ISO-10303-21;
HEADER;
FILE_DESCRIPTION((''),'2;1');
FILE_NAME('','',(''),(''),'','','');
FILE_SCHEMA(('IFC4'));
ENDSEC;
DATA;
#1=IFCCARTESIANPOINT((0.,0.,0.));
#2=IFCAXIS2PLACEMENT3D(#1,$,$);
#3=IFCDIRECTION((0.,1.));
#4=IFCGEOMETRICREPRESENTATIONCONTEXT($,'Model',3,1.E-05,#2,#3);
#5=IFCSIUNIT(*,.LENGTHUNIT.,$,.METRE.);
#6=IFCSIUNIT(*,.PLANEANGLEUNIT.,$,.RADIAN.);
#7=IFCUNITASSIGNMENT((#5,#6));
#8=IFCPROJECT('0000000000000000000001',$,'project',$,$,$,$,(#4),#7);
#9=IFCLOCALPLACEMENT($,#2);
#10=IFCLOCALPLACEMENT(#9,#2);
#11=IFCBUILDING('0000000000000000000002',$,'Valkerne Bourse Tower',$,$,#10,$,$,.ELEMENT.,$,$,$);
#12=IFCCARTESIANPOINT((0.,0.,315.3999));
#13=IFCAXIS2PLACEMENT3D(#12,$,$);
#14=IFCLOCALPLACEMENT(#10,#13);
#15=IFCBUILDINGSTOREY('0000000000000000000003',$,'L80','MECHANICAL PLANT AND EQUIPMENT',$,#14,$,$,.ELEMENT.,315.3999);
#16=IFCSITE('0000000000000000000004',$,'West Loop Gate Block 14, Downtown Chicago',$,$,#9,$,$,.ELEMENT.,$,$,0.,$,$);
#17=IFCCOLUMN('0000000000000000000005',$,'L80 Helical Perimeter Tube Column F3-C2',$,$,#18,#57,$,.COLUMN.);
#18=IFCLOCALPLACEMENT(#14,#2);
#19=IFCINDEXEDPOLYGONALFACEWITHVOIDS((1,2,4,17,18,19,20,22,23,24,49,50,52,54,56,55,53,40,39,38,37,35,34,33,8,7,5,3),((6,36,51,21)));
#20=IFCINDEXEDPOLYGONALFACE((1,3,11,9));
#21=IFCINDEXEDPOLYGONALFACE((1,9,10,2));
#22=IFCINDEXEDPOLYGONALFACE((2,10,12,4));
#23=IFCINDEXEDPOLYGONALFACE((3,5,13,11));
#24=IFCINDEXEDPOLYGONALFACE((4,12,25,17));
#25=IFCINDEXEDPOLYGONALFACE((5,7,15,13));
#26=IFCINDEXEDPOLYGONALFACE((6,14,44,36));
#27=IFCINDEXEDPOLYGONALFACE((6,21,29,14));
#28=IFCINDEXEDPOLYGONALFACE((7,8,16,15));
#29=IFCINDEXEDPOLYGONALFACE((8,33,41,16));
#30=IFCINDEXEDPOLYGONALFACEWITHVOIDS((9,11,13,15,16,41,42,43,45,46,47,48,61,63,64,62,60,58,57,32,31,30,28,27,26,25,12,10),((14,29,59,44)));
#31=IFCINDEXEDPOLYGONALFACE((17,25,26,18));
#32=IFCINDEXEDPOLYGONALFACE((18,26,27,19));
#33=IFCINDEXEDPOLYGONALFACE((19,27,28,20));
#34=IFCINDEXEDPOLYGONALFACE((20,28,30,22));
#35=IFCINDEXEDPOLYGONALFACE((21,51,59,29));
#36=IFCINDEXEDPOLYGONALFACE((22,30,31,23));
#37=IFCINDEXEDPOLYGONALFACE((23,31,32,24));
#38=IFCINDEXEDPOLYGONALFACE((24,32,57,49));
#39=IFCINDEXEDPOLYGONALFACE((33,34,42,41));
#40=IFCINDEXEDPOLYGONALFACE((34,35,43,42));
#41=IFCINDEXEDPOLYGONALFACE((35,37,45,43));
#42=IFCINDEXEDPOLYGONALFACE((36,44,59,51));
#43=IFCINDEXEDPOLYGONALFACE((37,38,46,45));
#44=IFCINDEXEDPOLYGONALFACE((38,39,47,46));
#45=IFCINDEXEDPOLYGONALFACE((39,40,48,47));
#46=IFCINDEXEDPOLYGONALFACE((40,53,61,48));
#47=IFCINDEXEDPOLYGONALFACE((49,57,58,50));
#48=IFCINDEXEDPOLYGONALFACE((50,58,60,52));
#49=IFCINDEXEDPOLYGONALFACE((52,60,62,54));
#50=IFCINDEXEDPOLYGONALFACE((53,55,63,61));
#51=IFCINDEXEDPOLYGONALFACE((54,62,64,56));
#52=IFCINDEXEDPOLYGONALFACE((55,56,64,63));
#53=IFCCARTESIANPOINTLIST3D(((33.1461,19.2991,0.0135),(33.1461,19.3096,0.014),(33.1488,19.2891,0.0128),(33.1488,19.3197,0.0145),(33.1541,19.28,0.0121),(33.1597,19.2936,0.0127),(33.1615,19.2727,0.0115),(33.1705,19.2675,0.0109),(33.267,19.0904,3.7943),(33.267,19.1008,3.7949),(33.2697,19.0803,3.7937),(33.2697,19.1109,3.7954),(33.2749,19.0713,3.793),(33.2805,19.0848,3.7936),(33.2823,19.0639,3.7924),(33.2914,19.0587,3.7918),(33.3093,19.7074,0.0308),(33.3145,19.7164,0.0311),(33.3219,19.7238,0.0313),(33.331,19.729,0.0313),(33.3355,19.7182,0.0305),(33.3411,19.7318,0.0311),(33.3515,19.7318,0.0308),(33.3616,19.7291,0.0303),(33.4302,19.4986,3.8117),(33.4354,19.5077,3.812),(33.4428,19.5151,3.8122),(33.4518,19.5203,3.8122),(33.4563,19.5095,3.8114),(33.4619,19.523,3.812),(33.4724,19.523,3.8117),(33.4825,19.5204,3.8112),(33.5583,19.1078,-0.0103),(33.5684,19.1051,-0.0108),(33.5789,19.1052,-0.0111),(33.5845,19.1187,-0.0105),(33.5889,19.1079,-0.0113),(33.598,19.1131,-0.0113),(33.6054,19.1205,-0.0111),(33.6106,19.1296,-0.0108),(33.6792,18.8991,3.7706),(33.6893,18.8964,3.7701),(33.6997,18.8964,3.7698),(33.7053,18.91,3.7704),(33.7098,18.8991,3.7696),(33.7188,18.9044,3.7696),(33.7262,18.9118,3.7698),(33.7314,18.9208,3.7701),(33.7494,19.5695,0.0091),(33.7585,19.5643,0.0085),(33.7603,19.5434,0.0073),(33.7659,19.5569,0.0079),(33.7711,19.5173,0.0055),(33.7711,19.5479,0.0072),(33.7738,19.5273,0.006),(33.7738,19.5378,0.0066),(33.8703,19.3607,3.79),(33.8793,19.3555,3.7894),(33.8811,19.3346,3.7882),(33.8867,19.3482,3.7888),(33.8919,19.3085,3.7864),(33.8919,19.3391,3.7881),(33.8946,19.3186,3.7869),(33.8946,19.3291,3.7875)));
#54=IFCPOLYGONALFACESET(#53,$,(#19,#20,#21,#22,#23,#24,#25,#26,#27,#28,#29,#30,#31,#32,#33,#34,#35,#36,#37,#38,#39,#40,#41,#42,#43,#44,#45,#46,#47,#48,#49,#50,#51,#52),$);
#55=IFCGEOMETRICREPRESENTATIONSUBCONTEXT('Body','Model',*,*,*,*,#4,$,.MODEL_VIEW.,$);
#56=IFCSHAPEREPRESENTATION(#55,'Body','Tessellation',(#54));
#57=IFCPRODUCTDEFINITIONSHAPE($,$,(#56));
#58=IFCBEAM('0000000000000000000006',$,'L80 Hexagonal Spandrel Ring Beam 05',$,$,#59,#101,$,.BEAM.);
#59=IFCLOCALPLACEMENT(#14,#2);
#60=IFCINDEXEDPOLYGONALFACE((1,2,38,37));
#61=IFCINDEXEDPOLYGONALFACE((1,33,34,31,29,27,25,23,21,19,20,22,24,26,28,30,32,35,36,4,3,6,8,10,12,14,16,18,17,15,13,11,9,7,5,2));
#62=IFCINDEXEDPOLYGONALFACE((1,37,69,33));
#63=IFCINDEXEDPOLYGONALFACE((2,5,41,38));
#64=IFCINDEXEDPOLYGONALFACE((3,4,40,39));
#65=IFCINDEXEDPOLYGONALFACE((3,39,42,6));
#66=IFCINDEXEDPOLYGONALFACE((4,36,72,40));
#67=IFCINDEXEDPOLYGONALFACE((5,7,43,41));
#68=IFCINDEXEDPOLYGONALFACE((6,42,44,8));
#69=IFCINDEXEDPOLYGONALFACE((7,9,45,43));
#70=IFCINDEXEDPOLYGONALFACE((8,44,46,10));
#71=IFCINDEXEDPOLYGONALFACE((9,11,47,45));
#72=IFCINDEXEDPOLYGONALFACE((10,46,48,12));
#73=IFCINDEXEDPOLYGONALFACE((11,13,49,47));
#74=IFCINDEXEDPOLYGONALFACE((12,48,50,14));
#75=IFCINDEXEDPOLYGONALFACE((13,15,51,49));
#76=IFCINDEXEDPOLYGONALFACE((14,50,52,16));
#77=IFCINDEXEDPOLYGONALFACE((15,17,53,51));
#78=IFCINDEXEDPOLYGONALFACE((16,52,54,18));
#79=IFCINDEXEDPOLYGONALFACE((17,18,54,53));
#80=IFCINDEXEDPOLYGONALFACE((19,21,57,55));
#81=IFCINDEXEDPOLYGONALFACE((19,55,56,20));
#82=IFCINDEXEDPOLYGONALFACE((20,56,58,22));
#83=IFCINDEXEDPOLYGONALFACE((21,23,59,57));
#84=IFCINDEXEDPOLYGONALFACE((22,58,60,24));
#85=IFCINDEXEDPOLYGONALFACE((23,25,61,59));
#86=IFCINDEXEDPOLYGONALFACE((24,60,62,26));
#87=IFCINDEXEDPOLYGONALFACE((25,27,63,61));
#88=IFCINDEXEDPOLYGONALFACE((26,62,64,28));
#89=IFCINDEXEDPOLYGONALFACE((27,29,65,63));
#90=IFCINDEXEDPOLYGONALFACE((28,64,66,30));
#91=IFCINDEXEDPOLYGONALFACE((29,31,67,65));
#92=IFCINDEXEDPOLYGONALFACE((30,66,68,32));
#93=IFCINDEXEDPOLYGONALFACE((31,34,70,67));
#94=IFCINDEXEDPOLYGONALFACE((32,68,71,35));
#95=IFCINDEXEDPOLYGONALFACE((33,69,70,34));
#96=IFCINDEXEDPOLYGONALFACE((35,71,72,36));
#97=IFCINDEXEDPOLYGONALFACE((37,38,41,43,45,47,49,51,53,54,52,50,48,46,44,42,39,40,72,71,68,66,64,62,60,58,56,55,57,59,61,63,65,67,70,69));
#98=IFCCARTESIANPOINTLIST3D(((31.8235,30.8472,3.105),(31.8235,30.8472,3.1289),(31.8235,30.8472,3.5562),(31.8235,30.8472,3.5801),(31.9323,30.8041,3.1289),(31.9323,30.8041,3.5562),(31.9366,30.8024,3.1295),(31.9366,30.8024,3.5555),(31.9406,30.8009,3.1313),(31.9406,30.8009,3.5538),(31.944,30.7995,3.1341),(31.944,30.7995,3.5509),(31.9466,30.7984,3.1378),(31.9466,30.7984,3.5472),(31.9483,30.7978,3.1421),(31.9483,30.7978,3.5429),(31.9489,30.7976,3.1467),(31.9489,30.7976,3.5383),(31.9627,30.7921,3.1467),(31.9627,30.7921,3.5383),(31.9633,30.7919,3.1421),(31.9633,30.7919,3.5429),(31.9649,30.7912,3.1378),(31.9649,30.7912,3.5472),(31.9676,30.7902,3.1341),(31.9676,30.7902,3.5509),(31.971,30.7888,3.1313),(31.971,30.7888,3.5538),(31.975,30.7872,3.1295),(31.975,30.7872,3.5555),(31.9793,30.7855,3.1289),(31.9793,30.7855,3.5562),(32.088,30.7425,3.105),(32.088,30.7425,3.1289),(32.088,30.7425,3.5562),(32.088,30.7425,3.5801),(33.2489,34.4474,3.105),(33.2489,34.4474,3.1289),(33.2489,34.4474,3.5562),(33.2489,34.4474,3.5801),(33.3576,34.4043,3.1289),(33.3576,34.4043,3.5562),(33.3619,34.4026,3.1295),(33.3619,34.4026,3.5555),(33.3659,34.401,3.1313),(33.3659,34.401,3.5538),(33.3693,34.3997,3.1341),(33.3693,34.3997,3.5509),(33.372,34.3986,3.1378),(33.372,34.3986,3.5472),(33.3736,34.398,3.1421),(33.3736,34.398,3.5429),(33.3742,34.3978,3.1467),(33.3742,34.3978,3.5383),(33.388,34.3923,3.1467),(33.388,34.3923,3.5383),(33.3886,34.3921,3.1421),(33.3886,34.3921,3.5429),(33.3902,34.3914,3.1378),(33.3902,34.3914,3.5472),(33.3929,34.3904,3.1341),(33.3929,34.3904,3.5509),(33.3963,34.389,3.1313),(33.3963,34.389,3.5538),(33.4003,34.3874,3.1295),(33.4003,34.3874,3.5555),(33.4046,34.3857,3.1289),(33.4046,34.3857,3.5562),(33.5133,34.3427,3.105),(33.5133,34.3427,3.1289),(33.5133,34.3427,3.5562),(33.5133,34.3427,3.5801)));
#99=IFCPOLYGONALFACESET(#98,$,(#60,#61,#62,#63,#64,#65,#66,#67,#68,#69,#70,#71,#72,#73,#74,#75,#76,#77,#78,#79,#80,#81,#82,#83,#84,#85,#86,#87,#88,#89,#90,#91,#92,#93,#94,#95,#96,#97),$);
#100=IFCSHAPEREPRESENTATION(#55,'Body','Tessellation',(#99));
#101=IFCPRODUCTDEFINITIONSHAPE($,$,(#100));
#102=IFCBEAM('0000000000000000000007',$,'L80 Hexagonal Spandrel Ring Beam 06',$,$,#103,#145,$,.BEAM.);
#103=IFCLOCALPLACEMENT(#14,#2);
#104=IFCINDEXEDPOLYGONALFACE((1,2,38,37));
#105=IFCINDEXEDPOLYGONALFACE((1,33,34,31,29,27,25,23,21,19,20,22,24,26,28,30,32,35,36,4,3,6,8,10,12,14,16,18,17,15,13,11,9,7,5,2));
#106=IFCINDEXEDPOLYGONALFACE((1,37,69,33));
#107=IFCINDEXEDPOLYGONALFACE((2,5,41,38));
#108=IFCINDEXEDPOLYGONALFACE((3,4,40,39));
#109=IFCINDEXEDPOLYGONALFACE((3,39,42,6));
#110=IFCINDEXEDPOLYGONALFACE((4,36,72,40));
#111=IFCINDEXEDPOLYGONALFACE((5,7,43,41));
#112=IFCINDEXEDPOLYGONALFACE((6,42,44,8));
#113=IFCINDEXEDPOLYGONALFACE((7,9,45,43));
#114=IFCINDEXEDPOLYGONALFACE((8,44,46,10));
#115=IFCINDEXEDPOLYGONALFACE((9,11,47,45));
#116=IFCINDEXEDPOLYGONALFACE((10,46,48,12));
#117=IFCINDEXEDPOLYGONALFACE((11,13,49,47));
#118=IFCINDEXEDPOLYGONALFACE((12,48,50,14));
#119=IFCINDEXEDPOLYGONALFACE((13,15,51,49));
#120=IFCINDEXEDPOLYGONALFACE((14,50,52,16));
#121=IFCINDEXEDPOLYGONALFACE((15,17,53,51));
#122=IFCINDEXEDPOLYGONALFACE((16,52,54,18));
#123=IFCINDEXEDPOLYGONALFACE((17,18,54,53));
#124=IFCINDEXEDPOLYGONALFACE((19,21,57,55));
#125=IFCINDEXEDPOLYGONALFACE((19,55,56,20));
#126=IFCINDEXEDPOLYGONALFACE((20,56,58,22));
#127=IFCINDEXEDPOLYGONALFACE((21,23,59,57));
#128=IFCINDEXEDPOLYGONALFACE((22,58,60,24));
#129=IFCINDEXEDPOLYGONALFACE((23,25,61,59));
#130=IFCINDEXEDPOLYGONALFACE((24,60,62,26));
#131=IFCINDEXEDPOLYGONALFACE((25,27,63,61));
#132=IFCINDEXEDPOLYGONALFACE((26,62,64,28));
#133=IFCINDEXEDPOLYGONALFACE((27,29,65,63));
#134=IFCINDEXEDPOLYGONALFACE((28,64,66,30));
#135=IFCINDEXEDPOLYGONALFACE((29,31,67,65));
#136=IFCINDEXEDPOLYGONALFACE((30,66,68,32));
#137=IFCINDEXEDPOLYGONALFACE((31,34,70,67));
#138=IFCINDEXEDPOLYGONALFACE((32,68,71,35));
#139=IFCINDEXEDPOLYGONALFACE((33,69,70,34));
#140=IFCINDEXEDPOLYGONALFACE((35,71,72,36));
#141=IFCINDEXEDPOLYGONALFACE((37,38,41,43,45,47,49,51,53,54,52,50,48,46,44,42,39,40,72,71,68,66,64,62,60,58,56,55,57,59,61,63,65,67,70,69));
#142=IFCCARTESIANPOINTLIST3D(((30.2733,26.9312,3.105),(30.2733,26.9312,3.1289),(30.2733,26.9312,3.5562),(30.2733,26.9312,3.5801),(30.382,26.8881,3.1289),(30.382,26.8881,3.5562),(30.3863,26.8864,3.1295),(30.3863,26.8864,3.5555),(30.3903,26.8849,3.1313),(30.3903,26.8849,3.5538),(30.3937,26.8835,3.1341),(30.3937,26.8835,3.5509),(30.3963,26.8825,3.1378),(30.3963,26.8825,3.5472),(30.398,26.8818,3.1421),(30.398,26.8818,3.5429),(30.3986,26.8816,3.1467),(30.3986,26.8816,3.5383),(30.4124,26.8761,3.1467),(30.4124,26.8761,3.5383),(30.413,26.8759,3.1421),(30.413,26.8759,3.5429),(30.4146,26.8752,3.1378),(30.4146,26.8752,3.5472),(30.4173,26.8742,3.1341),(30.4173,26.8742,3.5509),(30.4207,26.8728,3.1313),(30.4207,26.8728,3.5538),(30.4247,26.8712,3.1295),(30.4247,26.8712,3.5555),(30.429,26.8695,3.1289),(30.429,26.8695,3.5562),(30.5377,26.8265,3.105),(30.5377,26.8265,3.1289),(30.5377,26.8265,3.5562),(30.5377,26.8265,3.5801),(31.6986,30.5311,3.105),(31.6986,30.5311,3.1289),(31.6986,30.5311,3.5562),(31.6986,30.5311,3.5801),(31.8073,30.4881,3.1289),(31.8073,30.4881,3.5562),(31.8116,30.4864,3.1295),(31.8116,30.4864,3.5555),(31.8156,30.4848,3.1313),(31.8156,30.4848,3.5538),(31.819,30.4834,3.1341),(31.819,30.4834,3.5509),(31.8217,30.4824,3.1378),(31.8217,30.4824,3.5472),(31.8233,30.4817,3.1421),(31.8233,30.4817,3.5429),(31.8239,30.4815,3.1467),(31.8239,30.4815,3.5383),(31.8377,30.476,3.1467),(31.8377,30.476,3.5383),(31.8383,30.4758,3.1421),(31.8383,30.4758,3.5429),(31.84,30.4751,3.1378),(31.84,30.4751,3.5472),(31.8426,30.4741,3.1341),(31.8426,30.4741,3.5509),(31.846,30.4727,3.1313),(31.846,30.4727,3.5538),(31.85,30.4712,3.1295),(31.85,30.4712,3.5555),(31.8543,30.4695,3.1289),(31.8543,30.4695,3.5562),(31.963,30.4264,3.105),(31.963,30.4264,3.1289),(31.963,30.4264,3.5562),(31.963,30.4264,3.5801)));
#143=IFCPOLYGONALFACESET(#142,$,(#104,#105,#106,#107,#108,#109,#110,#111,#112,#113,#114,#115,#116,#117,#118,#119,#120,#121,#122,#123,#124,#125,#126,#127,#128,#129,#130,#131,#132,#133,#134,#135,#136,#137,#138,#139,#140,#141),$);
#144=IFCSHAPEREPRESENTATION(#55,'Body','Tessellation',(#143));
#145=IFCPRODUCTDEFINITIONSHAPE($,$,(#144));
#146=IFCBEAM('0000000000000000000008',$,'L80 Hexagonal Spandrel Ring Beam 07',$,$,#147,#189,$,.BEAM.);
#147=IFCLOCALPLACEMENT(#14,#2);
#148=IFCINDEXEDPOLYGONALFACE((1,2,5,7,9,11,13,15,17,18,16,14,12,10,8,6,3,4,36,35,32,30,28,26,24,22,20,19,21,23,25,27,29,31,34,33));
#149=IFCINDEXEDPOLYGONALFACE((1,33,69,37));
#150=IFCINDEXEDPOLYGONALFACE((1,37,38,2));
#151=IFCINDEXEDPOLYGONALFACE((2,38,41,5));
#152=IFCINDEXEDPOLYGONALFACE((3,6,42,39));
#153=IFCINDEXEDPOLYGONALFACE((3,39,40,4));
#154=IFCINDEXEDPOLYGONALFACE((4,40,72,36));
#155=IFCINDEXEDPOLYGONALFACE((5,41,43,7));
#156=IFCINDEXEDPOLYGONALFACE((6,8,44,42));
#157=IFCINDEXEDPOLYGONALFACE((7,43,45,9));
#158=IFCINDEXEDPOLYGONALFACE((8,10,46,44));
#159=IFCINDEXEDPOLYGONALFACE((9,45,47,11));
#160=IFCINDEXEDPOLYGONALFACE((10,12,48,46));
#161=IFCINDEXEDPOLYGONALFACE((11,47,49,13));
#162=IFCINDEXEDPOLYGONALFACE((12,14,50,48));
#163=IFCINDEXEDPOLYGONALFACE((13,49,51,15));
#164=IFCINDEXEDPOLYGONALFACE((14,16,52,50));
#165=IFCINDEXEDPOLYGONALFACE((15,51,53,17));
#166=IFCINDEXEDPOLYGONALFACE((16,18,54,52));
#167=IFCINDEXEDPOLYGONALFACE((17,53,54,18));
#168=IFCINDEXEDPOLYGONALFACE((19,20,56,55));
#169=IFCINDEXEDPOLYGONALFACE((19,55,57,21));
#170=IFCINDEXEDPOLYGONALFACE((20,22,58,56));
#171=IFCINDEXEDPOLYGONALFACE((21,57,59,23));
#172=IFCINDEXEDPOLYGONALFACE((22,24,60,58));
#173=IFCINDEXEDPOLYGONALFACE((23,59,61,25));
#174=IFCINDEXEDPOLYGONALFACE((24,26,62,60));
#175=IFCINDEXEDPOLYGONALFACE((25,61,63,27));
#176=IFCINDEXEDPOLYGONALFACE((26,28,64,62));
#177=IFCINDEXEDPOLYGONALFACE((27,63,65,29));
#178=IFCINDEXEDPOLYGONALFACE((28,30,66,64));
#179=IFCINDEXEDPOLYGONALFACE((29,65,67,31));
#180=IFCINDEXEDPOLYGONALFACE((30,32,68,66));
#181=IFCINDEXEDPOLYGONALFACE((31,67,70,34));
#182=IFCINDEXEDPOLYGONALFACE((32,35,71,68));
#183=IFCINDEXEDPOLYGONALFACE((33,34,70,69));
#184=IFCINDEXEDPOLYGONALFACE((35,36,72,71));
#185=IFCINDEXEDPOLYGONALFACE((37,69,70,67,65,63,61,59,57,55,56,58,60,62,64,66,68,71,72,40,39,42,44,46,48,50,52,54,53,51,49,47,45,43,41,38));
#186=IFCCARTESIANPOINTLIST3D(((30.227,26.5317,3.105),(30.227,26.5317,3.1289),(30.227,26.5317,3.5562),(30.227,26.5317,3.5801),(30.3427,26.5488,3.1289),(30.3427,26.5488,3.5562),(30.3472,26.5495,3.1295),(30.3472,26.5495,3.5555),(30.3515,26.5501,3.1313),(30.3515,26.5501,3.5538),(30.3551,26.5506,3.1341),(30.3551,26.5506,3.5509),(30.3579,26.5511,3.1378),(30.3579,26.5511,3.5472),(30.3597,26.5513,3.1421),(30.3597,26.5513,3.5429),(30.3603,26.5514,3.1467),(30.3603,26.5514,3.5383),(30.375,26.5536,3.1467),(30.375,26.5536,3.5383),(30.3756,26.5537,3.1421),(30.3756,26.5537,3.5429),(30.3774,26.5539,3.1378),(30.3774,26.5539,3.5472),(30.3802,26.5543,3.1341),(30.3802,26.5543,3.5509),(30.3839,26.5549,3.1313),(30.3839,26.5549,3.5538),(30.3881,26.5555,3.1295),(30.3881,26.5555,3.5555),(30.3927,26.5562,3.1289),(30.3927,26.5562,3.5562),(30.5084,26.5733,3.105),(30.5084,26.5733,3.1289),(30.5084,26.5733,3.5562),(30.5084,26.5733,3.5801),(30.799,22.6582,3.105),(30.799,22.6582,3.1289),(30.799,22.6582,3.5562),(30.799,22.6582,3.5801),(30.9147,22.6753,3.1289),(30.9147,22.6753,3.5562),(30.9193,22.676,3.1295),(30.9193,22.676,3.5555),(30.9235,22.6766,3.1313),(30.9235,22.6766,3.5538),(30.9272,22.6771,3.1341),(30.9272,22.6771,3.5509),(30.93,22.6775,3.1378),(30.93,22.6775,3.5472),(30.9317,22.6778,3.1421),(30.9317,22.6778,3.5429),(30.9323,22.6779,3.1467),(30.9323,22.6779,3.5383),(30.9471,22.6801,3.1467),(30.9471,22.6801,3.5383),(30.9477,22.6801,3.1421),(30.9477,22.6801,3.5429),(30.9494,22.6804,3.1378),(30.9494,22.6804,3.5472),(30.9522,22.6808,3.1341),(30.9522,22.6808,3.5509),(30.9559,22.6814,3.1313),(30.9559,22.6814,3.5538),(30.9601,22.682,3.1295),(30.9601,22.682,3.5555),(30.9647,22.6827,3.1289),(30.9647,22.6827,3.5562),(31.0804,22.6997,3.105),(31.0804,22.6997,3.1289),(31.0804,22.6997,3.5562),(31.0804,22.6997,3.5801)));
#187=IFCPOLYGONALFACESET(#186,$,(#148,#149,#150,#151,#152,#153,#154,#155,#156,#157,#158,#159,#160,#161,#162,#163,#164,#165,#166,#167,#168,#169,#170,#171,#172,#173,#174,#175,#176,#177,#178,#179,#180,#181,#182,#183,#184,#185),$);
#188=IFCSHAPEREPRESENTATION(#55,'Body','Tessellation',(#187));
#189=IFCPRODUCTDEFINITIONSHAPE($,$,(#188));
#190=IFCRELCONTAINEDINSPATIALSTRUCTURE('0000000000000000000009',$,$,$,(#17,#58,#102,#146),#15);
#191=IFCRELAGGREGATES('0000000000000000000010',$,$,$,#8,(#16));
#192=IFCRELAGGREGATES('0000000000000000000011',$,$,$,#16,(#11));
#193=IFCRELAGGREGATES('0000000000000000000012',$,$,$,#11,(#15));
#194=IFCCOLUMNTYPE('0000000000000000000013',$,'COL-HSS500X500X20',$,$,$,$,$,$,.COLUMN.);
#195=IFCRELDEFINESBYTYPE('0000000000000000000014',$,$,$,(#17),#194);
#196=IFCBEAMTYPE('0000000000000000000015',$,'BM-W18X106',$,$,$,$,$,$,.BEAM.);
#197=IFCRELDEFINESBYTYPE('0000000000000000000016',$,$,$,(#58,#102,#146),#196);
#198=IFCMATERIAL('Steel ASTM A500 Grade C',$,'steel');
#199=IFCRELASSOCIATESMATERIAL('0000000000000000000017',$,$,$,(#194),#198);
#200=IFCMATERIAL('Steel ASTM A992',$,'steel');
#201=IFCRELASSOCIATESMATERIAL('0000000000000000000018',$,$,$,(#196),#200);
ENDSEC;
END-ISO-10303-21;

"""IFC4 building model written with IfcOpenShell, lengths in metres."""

from ifc_helpers import new_model, si_unit, direction, frame, origin, origin_2d, place, context, subcontext, project, spatial, hollow_rectangle, i_section, extrude, material, material_profile, profile_set, type_object, element, save


model = new_model("IFC4")

# Units and contexts
model_context = context("Model", 3, precision=1e-05, world=origin(), true_north=direction((0.0, 1.0)))
body_context = subcontext(model_context, "Body", "Model", "MODEL_VIEW")
ifc_project = project(units=[si_unit("LENGTHUNIT", "METRE"), si_unit("PLANEANGLEUNIT", "RADIAN")], contexts=[model_context])

# Site, building, storey
site_placement = place(None, origin())
site = spatial("IfcSite", under=ifc_project, at=site_placement, Name="West Loop Gate Block 14, Downtown Chicago", CompositionType="ELEMENT", RefElevation=0.0)
building_placement = place(site_placement, origin())
building = spatial("IfcBuilding", under=site, at=building_placement, Name="Valkerne Bourse Tower", CompositionType="ELEMENT")
storey_placement = place(building_placement, frame((0.0, 0.0, 315.3999)))
storey = spatial("IfcBuildingStorey", under=building, at=storey_placement, Name="L80", Description="MECHANICAL PLANT AND EQUIPMENT", CompositionType="ELEMENT", Elevation=315.3999)

# Column
ifc_material_1 = material(Name="Steel ASTM A500 Grade C", Category="steel")
ifc_material_profile_1 = material_profile(ifc_material_1, hollow_rectangle(XDim=0.5, YDim=0.5, WallThickness=0.02, OuterFilletRadius=0.04, at=origin_2d()), Name="HSS500X500X20")
ifc_profile_set_1 = profile_set([ifc_material_profile_1], Name="Steel ASTM A500 Grade C")
column_type = type_object("IfcColumnType", Name="COL-HSS500X500X20", PredefinedType="COLUMN", material=ifc_profile_set_1)
column_placement = place(storey_placement, frame((33.46, 19.4185, 0.01), z_axis=(0.031897, -0.055096, 0.997971), x_axis=(0.923531, -0.380185, -0.050507)))
element("IfcColumn", 1, at=column_placement, inside=storey, type_object=column_type, Name="L80 Helical Perimeter Tube Column F3-C2", PredefinedType="COLUMN", context=body_context, shape_type="SweptSolid", body=[
    extrude(hollow_rectangle(XDim=0.5, YDim=0.5, WallThickness=0.02, OuterFilletRadius=0.04, at=origin_2d()), origin(), (0.0, 0.0, 1.0), 3.7886),
])

# Beams
ifc_material_2 = material(Name="Steel ASTM A992", Category="steel")
ifc_material_profile_2 = material_profile(ifc_material_2, i_section(OverallWidth=0.2844, OverallDepth=0.4751, WebThickness=0.0149, FlangeThickness=0.0239, FilletRadius=0.0178, at=origin_2d()), Name="W18X106")
ifc_profile_set_2 = profile_set([ifc_material_profile_2], Name="Steel ASTM A992")
beam_type_1 = type_object("IfcBeamType", Name="BM-W18X106", PredefinedType="BEAM", material=ifc_profile_set_2)
beam_1_placement = place(storey_placement, frame((33.3811, 34.395, 3.3425), z_axis=(-0.368105, -0.929784, 0.0), x_axis=(0.929784, -0.368105, 0.0)))
element("IfcBeam", 2, at=beam_1_placement, inside=storey, type_object=beam_type_1, Name="L80 Hexagonal Spandrel Ring Beam 05", PredefinedType="BEAM", context=body_context, shape_type="SweptSolid", body=[
    extrude(i_section(OverallWidth=0.2844, OverallDepth=0.4751, WebThickness=0.0149, FlangeThickness=0.0239, FilletRadius=0.0178, at=origin_2d()), origin(), (0.0, 0.0, 1.0), 3.8721),
])
beam_2_placement = place(storey_placement, frame((31.8308, 30.4788, 3.3425), z_axis=(-0.368127, -0.929776, 0.0), x_axis=(0.929776, -0.368127, 0.0)))
element("IfcBeam", 3, at=beam_2_placement, inside=storey, type_object=beam_type_1, Name="L80 Hexagonal Spandrel Ring Beam 06", PredefinedType="BEAM", context=body_context, shape_type="SweptSolid", body=[
    extrude(i_section(OverallWidth=0.2844, OverallDepth=0.4751, WebThickness=0.0149, FlangeThickness=0.0239, FilletRadius=0.0178, at=origin_2d()), origin(), (0.0, 0.0, 1.0), 3.8718),
])
beam_3_placement = place(storey_placement, frame((30.3677, 26.5525, 3.3425), z_axis=(0.14609, -0.989271, 0.0), x_axis=(0.989271, 0.14609, 0.0)))
element("IfcBeam", 4, at=beam_3_placement, inside=storey, type_object=beam_type_1, Name="L80 Hexagonal Spandrel Ring Beam 07", PredefinedType="BEAM", context=body_context, shape_type="SweptSolid", body=[
    extrude(i_section(OverallWidth=0.2844, OverallDepth=0.4751, WebThickness=0.0149, FlangeThickness=0.0239, FilletRadius=0.0178, at=origin_2d()), origin(), (0.0, 0.0, 1.0), 3.9155),
])

save(model, "model.ifc")
